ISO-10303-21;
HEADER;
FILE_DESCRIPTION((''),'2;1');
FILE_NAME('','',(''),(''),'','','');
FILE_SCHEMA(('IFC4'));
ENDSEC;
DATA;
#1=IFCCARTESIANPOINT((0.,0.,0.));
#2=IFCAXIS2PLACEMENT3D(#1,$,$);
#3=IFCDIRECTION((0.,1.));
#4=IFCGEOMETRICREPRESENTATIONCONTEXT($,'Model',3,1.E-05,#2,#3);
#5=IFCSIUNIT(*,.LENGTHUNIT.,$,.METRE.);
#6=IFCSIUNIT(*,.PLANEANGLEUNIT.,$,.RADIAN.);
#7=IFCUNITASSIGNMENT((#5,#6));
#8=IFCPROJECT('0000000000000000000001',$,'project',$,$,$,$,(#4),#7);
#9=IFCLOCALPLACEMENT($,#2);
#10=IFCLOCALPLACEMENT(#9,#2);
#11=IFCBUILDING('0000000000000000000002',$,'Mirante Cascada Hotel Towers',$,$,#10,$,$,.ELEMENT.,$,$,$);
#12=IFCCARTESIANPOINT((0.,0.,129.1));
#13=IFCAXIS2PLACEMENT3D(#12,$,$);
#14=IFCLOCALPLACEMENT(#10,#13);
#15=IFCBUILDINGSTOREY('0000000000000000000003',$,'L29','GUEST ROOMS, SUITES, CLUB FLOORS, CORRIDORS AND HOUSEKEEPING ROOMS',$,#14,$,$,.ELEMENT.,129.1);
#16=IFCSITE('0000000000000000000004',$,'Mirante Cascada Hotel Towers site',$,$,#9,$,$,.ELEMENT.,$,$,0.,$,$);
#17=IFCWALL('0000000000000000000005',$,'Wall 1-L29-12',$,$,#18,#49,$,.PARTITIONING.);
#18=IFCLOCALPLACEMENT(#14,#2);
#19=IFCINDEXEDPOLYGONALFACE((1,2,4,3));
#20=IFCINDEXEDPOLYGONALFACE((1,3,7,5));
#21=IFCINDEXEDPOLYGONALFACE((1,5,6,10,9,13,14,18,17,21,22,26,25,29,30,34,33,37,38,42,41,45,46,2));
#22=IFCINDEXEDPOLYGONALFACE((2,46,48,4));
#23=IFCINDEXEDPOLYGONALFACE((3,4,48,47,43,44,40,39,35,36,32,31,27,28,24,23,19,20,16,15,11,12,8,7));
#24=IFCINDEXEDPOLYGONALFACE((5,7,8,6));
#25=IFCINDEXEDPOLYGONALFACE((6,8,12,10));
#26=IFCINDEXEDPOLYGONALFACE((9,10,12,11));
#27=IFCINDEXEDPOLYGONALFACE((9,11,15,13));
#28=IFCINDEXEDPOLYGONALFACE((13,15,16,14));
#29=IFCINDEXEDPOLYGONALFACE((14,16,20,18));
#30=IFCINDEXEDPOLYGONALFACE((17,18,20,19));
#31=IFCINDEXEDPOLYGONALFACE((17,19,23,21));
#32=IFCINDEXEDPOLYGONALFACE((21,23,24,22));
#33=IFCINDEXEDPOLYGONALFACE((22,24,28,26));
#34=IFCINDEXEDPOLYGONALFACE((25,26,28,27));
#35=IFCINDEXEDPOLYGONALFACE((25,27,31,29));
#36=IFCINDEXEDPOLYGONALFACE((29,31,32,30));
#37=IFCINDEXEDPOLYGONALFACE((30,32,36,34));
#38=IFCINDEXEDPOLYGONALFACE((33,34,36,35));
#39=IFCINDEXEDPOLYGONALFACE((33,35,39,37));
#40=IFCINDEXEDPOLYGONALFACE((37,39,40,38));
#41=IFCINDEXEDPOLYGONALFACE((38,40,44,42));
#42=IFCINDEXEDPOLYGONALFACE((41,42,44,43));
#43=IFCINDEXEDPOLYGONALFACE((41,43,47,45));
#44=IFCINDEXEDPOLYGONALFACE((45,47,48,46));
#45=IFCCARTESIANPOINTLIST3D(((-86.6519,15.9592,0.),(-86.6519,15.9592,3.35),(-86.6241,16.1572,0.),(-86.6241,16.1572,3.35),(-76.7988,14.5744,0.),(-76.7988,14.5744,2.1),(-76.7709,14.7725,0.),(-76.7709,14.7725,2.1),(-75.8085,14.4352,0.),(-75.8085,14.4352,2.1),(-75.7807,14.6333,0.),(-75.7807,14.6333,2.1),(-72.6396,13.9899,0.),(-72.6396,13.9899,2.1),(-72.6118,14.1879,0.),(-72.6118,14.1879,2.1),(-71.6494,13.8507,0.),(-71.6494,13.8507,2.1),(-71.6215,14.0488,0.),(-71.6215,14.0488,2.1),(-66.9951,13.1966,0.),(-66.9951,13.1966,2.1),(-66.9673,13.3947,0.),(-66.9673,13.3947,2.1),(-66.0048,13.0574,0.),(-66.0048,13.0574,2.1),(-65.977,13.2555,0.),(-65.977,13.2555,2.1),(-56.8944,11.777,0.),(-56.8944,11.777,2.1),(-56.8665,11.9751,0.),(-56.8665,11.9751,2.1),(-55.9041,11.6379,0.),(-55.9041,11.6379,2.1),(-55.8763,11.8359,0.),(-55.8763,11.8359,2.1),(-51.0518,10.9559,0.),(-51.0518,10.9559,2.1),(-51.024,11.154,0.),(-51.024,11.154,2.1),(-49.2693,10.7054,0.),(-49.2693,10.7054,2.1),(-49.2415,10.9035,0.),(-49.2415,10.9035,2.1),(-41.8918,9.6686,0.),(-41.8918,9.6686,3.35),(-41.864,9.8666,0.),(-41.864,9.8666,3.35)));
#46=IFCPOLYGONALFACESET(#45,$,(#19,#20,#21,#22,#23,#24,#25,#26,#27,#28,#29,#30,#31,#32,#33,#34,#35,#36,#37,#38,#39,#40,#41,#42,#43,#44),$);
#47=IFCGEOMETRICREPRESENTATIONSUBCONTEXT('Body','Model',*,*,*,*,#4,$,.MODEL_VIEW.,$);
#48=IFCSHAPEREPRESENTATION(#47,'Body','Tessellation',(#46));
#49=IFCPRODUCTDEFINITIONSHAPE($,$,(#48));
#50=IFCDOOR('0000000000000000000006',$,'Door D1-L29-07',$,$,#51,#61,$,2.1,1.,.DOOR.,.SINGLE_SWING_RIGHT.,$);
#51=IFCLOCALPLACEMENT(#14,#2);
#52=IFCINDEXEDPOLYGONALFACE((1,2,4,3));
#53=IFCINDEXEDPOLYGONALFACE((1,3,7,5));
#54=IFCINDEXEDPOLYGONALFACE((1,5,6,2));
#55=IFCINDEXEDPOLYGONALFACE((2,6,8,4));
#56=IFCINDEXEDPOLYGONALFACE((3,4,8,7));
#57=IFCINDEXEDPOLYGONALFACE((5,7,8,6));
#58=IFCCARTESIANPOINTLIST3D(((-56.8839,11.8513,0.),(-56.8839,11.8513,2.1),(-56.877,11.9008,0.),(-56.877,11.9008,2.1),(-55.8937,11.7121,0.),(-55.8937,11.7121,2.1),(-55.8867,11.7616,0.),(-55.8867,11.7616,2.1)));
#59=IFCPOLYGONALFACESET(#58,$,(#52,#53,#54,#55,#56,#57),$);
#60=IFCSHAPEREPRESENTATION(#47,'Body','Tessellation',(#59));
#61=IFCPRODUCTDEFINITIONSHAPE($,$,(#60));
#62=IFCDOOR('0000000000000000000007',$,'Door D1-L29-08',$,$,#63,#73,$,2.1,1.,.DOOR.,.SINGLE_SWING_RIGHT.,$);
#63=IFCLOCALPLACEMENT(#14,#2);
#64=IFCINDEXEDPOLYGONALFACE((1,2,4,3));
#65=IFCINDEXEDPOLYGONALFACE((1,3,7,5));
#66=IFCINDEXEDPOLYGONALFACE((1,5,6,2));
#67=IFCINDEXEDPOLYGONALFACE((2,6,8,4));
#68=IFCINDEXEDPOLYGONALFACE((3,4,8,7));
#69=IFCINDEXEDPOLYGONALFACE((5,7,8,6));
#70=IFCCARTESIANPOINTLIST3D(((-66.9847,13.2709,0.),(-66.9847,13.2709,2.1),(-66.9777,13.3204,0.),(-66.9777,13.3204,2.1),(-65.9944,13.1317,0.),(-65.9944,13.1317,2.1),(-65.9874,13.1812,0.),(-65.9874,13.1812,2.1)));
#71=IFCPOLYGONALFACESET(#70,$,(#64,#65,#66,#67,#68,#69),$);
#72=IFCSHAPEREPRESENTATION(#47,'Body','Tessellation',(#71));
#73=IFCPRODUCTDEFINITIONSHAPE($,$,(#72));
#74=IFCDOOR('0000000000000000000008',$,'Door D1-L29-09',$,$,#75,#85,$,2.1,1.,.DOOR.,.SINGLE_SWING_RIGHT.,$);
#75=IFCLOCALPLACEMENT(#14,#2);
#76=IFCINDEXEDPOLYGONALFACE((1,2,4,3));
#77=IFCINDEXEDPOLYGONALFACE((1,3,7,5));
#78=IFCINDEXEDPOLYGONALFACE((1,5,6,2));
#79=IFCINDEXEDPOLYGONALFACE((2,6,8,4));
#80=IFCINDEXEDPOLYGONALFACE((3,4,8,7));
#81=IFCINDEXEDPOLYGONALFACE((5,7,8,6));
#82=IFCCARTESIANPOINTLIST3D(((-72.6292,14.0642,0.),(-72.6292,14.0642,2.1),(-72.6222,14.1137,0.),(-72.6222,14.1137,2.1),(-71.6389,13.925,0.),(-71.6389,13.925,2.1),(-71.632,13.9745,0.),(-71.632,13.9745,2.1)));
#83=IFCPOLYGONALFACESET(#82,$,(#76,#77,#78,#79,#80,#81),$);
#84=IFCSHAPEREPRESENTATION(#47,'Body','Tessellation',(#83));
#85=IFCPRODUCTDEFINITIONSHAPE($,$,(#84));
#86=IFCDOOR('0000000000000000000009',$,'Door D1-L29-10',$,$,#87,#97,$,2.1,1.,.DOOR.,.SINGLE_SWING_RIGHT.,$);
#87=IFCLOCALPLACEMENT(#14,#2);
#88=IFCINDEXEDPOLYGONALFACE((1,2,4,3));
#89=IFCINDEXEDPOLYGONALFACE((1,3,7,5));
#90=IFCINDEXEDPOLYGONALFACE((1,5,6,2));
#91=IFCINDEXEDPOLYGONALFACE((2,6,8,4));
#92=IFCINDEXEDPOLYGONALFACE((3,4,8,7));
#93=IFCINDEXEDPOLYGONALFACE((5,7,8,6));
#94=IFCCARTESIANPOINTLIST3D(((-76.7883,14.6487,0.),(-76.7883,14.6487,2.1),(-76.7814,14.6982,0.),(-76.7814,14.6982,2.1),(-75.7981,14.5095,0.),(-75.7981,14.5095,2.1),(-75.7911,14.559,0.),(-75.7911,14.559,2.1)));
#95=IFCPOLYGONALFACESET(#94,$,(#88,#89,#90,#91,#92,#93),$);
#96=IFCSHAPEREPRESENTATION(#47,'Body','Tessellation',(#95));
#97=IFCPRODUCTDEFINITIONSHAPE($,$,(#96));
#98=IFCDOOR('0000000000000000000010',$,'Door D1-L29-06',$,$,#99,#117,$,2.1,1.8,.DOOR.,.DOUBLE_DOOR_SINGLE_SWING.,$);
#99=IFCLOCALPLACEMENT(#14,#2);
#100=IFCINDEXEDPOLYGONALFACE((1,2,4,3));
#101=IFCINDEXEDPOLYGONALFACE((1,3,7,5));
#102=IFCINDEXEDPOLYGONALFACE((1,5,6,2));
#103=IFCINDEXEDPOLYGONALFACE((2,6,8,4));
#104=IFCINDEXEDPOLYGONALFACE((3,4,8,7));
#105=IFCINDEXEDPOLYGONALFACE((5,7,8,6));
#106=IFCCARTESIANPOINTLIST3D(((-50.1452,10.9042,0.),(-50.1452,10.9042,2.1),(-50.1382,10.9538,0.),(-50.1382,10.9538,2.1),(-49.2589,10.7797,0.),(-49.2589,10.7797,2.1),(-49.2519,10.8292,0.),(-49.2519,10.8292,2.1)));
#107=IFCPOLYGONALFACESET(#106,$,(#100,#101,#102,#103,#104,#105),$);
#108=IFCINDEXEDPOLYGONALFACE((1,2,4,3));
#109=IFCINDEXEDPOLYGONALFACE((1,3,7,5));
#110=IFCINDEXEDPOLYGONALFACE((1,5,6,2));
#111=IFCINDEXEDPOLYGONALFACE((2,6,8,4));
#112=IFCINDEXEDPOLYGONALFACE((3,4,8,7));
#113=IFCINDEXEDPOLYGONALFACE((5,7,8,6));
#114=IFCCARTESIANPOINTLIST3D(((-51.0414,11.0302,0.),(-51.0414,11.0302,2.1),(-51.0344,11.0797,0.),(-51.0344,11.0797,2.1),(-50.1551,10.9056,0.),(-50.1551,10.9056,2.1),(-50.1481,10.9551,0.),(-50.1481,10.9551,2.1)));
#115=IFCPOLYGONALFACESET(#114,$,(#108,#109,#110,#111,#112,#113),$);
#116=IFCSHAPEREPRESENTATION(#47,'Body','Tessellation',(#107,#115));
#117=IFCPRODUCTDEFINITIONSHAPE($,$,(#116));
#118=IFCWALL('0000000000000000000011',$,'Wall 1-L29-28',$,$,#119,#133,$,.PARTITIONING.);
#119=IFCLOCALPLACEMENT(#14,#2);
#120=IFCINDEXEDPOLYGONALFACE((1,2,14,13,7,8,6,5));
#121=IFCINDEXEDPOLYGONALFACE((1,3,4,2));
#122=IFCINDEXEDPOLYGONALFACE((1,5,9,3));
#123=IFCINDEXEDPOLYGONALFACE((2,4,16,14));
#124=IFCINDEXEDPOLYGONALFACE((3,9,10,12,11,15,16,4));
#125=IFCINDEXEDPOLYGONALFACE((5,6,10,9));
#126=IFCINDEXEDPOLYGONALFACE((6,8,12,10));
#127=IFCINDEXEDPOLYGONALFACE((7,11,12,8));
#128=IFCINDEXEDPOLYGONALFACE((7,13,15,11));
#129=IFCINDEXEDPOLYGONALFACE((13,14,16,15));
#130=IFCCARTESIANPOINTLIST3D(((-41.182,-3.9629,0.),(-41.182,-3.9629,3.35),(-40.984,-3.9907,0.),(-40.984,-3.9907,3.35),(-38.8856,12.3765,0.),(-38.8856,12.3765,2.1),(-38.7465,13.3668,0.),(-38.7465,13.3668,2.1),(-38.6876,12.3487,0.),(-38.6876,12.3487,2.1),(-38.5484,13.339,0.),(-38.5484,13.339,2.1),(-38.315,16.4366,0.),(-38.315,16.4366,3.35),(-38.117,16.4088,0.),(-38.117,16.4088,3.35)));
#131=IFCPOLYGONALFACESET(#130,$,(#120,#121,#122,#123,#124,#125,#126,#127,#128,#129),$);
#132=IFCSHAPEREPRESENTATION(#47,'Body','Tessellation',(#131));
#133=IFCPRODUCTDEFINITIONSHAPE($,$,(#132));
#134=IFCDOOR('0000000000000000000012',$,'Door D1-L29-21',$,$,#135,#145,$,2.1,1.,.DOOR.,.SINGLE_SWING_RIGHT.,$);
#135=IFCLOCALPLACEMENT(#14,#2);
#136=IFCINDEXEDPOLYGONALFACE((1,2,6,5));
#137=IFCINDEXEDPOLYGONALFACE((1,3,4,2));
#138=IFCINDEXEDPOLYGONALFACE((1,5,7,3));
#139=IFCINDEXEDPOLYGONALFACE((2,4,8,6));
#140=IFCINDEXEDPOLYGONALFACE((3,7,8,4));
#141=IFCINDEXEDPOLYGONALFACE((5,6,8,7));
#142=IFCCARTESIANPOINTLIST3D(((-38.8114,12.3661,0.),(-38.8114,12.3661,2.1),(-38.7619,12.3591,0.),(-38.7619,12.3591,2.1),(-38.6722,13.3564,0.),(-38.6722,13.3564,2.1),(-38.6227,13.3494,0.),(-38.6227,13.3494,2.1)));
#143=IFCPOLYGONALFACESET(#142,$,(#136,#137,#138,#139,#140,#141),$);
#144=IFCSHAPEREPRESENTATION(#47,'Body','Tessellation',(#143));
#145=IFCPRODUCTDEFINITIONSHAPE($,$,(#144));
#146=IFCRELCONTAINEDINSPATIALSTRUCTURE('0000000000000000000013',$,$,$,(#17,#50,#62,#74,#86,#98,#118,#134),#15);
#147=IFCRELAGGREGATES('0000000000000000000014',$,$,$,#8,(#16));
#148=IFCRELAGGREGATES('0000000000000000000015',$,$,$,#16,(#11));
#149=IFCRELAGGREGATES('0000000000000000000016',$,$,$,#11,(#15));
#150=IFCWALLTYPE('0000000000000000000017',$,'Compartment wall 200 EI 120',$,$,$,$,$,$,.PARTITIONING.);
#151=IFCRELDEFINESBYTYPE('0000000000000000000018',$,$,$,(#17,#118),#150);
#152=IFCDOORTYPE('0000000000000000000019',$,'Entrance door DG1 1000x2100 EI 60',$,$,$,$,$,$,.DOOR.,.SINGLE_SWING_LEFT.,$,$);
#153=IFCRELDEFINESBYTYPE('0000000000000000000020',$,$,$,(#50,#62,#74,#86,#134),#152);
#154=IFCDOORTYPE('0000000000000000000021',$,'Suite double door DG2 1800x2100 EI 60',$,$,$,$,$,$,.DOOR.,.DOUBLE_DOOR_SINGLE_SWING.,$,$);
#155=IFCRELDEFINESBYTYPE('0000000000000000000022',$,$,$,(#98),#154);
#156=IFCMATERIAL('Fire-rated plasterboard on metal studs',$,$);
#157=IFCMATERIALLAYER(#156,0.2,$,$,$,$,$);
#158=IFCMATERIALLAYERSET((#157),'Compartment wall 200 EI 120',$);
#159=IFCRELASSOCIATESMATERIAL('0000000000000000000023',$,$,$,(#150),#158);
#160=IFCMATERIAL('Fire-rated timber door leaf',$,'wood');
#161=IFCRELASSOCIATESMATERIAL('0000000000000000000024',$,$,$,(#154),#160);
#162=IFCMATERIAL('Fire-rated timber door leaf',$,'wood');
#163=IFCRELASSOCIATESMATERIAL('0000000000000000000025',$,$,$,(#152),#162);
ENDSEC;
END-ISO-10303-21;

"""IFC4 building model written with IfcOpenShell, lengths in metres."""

from ifc_helpers import new_model, si_unit, direction, frame, frame_2d, origin, place, context, subcontext, project, spatial, rectangle, extrude, material, layer, layer_set, type_object, element, fill, save


model = new_model("IFC4")

# Units and contexts
model_context = context("Model", 3, precision=1e-05, world=origin(), true_north=direction((0.0, 1.0)))
body_context = subcontext(model_context, "Body", "Model", "MODEL_VIEW")
ifc_project = project(units=[si_unit("LENGTHUNIT", "METRE"), si_unit("PLANEANGLEUNIT", "RADIAN")], contexts=[model_context])

# Site, building, storey
site_placement = place(None, origin())
site = spatial("IfcSite", under=ifc_project, at=site_placement, Name="Mirante Cascada Hotel Towers site", CompositionType="ELEMENT", RefElevation=0.0)
building_placement = place(site_placement, origin())
building = spatial("IfcBuilding", under=site, at=building_placement, Name="Mirante Cascada Hotel Towers", CompositionType="ELEMENT")
storey_placement = place(building_placement, frame((0.0, 0.0, 129.1)))
storey = spatial("IfcBuildingStorey", under=building, at=storey_placement, Name="L29", Description="GUEST ROOMS, SUITES, CLUB FLOORS, CORRIDORS AND HOUSEKEEPING ROOMS", CompositionType="ELEMENT", Elevation=129.1)

# Shared definitions
ifc_material_1 = material(Name="Fire-rated plasterboard on metal studs")
ifc_layer_1 = layer(ifc_material_1, 0.2)
ifc_layer_set_1 = layer_set([ifc_layer_1], Name="Compartment wall 200 EI 120")
wall_type_1 = type_object("IfcWallType", Name="Compartment wall 200 EI 120", PredefinedType="PARTITIONING", material=ifc_layer_set_1)
ifc_material_2 = material(Name="Fire-rated timber door leaf", Category="wood")
door_type_1 = type_object("IfcDoorType", Name="Suite double door DG2 1800x2100 EI 60", OperationType="DOUBLE_DOOR_SINGLE_SWING", PredefinedType="DOOR", material=ifc_material_2)

# Wall, openings, doors
wall_1_placement = place(storey_placement, frame((-41.8779, 9.7676, 0.0), z_axis=(0.0, 0.0, 1.0), x_axis=(-0.990268, 0.139173, 0.0)))
wall_1 = element("IfcWall", 1, at=wall_1_placement, inside=storey, type_object=wall_type_1, Name="Wall 1-L29-12", PredefinedType="PARTITIONING", context=body_context, shape_type="SweptSolid", body=[
    extrude(rectangle(XDim=45.2, YDim=0.2, at=frame_2d((22.6, 0.0))), origin(), (0.0, 0.0, 1.0), 3.35),
])
opening_1_placement = place(wall_1_placement, frame((7.45, 0.0, 0.0)))
opening_1 = element("IfcOpeningElement", 2, at=opening_1_placement, cuts=wall_1, PredefinedType="OPENING", context=body_context, shape_type="SweptSolid", body=[
    extrude(rectangle(XDim=1.8, YDim=2.1, at=frame_2d((0.9, 1.05))), frame((0.0, 0.1, 0.0), z_axis=(0.0, -1.0, 0.0), x_axis=(1.0, 0.0, 0.0)), (0.0, 0.0, 1.0), 0.2),
])
opening_2_placement = place(wall_1_placement, frame((14.15, 0.0, 0.0)))
opening_2 = element("IfcOpeningElement", 3, at=opening_2_placement, cuts=wall_1, PredefinedType="OPENING", context=body_context, shape_type="SweptSolid", body=[
    extrude(rectangle(XDim=1.0, YDim=2.1, at=frame_2d((0.5, 1.05))), frame((0.0, 0.1, 0.0), z_axis=(0.0, -1.0, 0.0), x_axis=(1.0, 0.0, 0.0)), (0.0, 0.0, 1.0), 0.2),
])
opening_3_placement = place(wall_1_placement, frame((24.35, 0.0, 0.0)))
opening_3 = element("IfcOpeningElement", 4, at=opening_3_placement, cuts=wall_1, PredefinedType="OPENING", context=body_context, shape_type="SweptSolid", body=[
    extrude(rectangle(XDim=1.0, YDim=2.1, at=frame_2d((0.5, 1.05))), frame((0.0, 0.1, 0.0), z_axis=(0.0, -1.0, 0.0), x_axis=(1.0, 0.0, 0.0)), (0.0, 0.0, 1.0), 0.2),
])
opening_4_placement = place(wall_1_placement, frame((30.05, 0.0, 0.0)))
opening_4 = element("IfcOpeningElement", 5, at=opening_4_placement, cuts=wall_1, PredefinedType="OPENING", context=body_context, shape_type="SweptSolid", body=[
    extrude(rectangle(XDim=1.0, YDim=2.1, at=frame_2d((0.5, 1.05))), frame((0.0, 0.1, 0.0), z_axis=(0.0, -1.0, 0.0), x_axis=(1.0, 0.0, 0.0)), (0.0, 0.0, 1.0), 0.2),
])
opening_5_placement = place(wall_1_placement, frame((34.25, 0.0, 0.0)))
opening_5 = element("IfcOpeningElement", 6, at=opening_5_placement, cuts=wall_1, PredefinedType="OPENING", context=body_context, shape_type="SweptSolid", body=[
    extrude(rectangle(XDim=1.0, YDim=2.1, at=frame_2d((0.5, 1.05))), frame((0.0, 0.1, 0.0), z_axis=(0.0, -1.0, 0.0), x_axis=(1.0, 0.0, 0.0)), (0.0, 0.0, 1.0), 0.2),
])
ifc_material_3 = material(Name="Fire-rated timber door leaf", Category="wood")
door_type_2 = type_object("IfcDoorType", Name="Entrance door DG1 1000x2100 EI 60", OperationType="SINGLE_SWING_LEFT", PredefinedType="DOOR", material=ifc_material_3)
door_1_placement = place(opening_2_placement, frame((1.0, 0.0, 0.0), z_axis=(0.0, 0.0, 1.0), x_axis=(-1.0, 0.0, 0.0)))
door_1 = element("IfcDoor", 7, at=door_1_placement, inside=storey, type_object=door_type_2, Name="Door D1-L29-07", OperationType="SINGLE_SWING_RIGHT", OverallHeight=2.1, OverallWidth=1.0, PredefinedType="DOOR", context=body_context, shape_type="SweptSolid", body=[
    extrude(rectangle(XDim=1.0, YDim=2.1, at=frame_2d((0.5, 1.05))), frame((0.0, 0.025, 0.0), z_axis=(0.0, -1.0, 0.0), x_axis=(1.0, 0.0, 0.0)), (0.0, 0.0, 1.0), 0.05),
])
fill(opening_2, door_1)
door_2_placement = place(opening_3_placement, frame((1.0, 0.0, 0.0), z_axis=(0.0, 0.0, 1.0), x_axis=(-1.0, 0.0, 0.0)))
door_2 = element("IfcDoor", 8, at=door_2_placement, inside=storey, type_object=door_type_2, Name="Door D1-L29-08", OperationType="SINGLE_SWING_RIGHT", OverallHeight=2.1, OverallWidth=1.0, PredefinedType="DOOR", context=body_context, shape_type="SweptSolid", body=[
    extrude(rectangle(XDim=1.0, YDim=2.1, at=frame_2d((0.5, 1.05))), frame((0.0, 0.025, 0.0), z_axis=(0.0, -1.0, 0.0), x_axis=(1.0, 0.0, 0.0)), (0.0, 0.0, 1.0), 0.05),
])
fill(opening_3, door_2)
door_3_placement = place(opening_4_placement, frame((1.0, 0.0, 0.0), z_axis=(0.0, 0.0, 1.0), x_axis=(-1.0, 0.0, 0.0)))
door_3 = element("IfcDoor", 9, at=door_3_placement, inside=storey, type_object=door_type_2, Name="Door D1-L29-09", OperationType="SINGLE_SWING_RIGHT", OverallHeight=2.1, OverallWidth=1.0, PredefinedType="DOOR", context=body_context, shape_type="SweptSolid", body=[
    extrude(rectangle(XDim=1.0, YDim=2.1, at=frame_2d((0.5, 1.05))), frame((0.0, 0.025, 0.0), z_axis=(0.0, -1.0, 0.0), x_axis=(1.0, 0.0, 0.0)), (0.0, 0.0, 1.0), 0.05),
])
fill(opening_4, door_3)
door_4_placement = place(opening_5_placement, frame((1.0, 0.0, 0.0), z_axis=(0.0, 0.0, 1.0), x_axis=(-1.0, 0.0, 0.0)))
door_4 = element("IfcDoor", 10, at=door_4_placement, inside=storey, type_object=door_type_2, Name="Door D1-L29-10", OperationType="SINGLE_SWING_RIGHT", OverallHeight=2.1, OverallWidth=1.0, PredefinedType="DOOR", context=body_context, shape_type="SweptSolid", body=[
    extrude(rectangle(XDim=1.0, YDim=2.1, at=frame_2d((0.5, 1.05))), frame((0.0, 0.025, 0.0), z_axis=(0.0, -1.0, 0.0), x_axis=(1.0, 0.0, 0.0)), (0.0, 0.0, 1.0), 0.05),
])
fill(opening_5, door_4)
door_5_placement = place(opening_1_placement, origin())
door_5 = element("IfcDoor", 11, at=door_5_placement, inside=storey, type_object=door_type_1, Name="Door D1-L29-06", OperationType="DOUBLE_DOOR_SINGLE_SWING", OverallHeight=2.1, OverallWidth=1.8, PredefinedType="DOOR", context=body_context, shape_type="SweptSolid", body=[
    extrude(rectangle(XDim=0.895, YDim=2.1, at=frame_2d((0.4475, 1.05))), frame((0.0, 0.025, 0.0), z_axis=(0.0, -1.0, 0.0), x_axis=(1.0, 0.0, 0.0)), (0.0, 0.0, 1.0), 0.05),
    extrude(rectangle(XDim=0.895, YDim=2.1, at=frame_2d((1.3525, 1.05))), frame((0.0, 0.025, 0.0), z_axis=(0.0, -1.0, 0.0), x_axis=(1.0, 0.0, 0.0)), (0.0, 0.0, 1.0), 0.05),
])
fill(opening_1, door_5)

# Wall, opening, door
wall_2_placement = place(storey_placement, frame((-41.083, -3.9768, 0.0), z_axis=(0.0, 0.0, 1.0), x_axis=(0.139175, 0.990268, 0.0)))
wall_2 = element("IfcWall", 12, at=wall_2_placement, inside=storey, type_object=wall_type_1, Name="Wall 1-L29-28", PredefinedType="PARTITIONING", context=body_context, shape_type="SweptSolid", body=[
    extrude(rectangle(XDim=20.6, YDim=0.2, at=frame_2d((10.3, 0.0))), origin(), (0.0, 0.0, 1.0), 3.35),
])
opening_6_placement = place(wall_2_placement, frame((16.5, 0.0, 0.0)))
opening_6 = element("IfcOpeningElement", 13, at=opening_6_placement, cuts=wall_2, PredefinedType="OPENING", context=body_context, shape_type="SweptSolid", body=[
    extrude(rectangle(XDim=1.0, YDim=2.1, at=frame_2d((0.5, 1.05))), frame((0.0, 0.1, 0.0), z_axis=(0.0, -1.0, 0.0), x_axis=(1.0, 0.0, 0.0)), (0.0, 0.0, 1.0), 0.2),
])
door_6_placement = place(opening_6_placement, frame((1.0, 0.0, 0.0), z_axis=(0.0, 0.0, 1.0), x_axis=(-1.0, 0.0, 0.0)))
door_6 = element("IfcDoor", 14, at=door_6_placement, inside=storey, type_object=door_type_2, Name="Door D1-L29-21", OperationType="SINGLE_SWING_RIGHT", OverallHeight=2.1, OverallWidth=1.0, PredefinedType="DOOR", context=body_context, shape_type="SweptSolid", body=[
    extrude(rectangle(XDim=1.0, YDim=2.1, at=frame_2d((0.5, 1.05))), frame((0.0, 0.025, 0.0), z_axis=(0.0, -1.0, 0.0), x_axis=(1.0, 0.0, 0.0)), (0.0, 0.0, 1.0), 0.05),
])
fill(opening_6, door_6)

save(model, "model.ifc")
